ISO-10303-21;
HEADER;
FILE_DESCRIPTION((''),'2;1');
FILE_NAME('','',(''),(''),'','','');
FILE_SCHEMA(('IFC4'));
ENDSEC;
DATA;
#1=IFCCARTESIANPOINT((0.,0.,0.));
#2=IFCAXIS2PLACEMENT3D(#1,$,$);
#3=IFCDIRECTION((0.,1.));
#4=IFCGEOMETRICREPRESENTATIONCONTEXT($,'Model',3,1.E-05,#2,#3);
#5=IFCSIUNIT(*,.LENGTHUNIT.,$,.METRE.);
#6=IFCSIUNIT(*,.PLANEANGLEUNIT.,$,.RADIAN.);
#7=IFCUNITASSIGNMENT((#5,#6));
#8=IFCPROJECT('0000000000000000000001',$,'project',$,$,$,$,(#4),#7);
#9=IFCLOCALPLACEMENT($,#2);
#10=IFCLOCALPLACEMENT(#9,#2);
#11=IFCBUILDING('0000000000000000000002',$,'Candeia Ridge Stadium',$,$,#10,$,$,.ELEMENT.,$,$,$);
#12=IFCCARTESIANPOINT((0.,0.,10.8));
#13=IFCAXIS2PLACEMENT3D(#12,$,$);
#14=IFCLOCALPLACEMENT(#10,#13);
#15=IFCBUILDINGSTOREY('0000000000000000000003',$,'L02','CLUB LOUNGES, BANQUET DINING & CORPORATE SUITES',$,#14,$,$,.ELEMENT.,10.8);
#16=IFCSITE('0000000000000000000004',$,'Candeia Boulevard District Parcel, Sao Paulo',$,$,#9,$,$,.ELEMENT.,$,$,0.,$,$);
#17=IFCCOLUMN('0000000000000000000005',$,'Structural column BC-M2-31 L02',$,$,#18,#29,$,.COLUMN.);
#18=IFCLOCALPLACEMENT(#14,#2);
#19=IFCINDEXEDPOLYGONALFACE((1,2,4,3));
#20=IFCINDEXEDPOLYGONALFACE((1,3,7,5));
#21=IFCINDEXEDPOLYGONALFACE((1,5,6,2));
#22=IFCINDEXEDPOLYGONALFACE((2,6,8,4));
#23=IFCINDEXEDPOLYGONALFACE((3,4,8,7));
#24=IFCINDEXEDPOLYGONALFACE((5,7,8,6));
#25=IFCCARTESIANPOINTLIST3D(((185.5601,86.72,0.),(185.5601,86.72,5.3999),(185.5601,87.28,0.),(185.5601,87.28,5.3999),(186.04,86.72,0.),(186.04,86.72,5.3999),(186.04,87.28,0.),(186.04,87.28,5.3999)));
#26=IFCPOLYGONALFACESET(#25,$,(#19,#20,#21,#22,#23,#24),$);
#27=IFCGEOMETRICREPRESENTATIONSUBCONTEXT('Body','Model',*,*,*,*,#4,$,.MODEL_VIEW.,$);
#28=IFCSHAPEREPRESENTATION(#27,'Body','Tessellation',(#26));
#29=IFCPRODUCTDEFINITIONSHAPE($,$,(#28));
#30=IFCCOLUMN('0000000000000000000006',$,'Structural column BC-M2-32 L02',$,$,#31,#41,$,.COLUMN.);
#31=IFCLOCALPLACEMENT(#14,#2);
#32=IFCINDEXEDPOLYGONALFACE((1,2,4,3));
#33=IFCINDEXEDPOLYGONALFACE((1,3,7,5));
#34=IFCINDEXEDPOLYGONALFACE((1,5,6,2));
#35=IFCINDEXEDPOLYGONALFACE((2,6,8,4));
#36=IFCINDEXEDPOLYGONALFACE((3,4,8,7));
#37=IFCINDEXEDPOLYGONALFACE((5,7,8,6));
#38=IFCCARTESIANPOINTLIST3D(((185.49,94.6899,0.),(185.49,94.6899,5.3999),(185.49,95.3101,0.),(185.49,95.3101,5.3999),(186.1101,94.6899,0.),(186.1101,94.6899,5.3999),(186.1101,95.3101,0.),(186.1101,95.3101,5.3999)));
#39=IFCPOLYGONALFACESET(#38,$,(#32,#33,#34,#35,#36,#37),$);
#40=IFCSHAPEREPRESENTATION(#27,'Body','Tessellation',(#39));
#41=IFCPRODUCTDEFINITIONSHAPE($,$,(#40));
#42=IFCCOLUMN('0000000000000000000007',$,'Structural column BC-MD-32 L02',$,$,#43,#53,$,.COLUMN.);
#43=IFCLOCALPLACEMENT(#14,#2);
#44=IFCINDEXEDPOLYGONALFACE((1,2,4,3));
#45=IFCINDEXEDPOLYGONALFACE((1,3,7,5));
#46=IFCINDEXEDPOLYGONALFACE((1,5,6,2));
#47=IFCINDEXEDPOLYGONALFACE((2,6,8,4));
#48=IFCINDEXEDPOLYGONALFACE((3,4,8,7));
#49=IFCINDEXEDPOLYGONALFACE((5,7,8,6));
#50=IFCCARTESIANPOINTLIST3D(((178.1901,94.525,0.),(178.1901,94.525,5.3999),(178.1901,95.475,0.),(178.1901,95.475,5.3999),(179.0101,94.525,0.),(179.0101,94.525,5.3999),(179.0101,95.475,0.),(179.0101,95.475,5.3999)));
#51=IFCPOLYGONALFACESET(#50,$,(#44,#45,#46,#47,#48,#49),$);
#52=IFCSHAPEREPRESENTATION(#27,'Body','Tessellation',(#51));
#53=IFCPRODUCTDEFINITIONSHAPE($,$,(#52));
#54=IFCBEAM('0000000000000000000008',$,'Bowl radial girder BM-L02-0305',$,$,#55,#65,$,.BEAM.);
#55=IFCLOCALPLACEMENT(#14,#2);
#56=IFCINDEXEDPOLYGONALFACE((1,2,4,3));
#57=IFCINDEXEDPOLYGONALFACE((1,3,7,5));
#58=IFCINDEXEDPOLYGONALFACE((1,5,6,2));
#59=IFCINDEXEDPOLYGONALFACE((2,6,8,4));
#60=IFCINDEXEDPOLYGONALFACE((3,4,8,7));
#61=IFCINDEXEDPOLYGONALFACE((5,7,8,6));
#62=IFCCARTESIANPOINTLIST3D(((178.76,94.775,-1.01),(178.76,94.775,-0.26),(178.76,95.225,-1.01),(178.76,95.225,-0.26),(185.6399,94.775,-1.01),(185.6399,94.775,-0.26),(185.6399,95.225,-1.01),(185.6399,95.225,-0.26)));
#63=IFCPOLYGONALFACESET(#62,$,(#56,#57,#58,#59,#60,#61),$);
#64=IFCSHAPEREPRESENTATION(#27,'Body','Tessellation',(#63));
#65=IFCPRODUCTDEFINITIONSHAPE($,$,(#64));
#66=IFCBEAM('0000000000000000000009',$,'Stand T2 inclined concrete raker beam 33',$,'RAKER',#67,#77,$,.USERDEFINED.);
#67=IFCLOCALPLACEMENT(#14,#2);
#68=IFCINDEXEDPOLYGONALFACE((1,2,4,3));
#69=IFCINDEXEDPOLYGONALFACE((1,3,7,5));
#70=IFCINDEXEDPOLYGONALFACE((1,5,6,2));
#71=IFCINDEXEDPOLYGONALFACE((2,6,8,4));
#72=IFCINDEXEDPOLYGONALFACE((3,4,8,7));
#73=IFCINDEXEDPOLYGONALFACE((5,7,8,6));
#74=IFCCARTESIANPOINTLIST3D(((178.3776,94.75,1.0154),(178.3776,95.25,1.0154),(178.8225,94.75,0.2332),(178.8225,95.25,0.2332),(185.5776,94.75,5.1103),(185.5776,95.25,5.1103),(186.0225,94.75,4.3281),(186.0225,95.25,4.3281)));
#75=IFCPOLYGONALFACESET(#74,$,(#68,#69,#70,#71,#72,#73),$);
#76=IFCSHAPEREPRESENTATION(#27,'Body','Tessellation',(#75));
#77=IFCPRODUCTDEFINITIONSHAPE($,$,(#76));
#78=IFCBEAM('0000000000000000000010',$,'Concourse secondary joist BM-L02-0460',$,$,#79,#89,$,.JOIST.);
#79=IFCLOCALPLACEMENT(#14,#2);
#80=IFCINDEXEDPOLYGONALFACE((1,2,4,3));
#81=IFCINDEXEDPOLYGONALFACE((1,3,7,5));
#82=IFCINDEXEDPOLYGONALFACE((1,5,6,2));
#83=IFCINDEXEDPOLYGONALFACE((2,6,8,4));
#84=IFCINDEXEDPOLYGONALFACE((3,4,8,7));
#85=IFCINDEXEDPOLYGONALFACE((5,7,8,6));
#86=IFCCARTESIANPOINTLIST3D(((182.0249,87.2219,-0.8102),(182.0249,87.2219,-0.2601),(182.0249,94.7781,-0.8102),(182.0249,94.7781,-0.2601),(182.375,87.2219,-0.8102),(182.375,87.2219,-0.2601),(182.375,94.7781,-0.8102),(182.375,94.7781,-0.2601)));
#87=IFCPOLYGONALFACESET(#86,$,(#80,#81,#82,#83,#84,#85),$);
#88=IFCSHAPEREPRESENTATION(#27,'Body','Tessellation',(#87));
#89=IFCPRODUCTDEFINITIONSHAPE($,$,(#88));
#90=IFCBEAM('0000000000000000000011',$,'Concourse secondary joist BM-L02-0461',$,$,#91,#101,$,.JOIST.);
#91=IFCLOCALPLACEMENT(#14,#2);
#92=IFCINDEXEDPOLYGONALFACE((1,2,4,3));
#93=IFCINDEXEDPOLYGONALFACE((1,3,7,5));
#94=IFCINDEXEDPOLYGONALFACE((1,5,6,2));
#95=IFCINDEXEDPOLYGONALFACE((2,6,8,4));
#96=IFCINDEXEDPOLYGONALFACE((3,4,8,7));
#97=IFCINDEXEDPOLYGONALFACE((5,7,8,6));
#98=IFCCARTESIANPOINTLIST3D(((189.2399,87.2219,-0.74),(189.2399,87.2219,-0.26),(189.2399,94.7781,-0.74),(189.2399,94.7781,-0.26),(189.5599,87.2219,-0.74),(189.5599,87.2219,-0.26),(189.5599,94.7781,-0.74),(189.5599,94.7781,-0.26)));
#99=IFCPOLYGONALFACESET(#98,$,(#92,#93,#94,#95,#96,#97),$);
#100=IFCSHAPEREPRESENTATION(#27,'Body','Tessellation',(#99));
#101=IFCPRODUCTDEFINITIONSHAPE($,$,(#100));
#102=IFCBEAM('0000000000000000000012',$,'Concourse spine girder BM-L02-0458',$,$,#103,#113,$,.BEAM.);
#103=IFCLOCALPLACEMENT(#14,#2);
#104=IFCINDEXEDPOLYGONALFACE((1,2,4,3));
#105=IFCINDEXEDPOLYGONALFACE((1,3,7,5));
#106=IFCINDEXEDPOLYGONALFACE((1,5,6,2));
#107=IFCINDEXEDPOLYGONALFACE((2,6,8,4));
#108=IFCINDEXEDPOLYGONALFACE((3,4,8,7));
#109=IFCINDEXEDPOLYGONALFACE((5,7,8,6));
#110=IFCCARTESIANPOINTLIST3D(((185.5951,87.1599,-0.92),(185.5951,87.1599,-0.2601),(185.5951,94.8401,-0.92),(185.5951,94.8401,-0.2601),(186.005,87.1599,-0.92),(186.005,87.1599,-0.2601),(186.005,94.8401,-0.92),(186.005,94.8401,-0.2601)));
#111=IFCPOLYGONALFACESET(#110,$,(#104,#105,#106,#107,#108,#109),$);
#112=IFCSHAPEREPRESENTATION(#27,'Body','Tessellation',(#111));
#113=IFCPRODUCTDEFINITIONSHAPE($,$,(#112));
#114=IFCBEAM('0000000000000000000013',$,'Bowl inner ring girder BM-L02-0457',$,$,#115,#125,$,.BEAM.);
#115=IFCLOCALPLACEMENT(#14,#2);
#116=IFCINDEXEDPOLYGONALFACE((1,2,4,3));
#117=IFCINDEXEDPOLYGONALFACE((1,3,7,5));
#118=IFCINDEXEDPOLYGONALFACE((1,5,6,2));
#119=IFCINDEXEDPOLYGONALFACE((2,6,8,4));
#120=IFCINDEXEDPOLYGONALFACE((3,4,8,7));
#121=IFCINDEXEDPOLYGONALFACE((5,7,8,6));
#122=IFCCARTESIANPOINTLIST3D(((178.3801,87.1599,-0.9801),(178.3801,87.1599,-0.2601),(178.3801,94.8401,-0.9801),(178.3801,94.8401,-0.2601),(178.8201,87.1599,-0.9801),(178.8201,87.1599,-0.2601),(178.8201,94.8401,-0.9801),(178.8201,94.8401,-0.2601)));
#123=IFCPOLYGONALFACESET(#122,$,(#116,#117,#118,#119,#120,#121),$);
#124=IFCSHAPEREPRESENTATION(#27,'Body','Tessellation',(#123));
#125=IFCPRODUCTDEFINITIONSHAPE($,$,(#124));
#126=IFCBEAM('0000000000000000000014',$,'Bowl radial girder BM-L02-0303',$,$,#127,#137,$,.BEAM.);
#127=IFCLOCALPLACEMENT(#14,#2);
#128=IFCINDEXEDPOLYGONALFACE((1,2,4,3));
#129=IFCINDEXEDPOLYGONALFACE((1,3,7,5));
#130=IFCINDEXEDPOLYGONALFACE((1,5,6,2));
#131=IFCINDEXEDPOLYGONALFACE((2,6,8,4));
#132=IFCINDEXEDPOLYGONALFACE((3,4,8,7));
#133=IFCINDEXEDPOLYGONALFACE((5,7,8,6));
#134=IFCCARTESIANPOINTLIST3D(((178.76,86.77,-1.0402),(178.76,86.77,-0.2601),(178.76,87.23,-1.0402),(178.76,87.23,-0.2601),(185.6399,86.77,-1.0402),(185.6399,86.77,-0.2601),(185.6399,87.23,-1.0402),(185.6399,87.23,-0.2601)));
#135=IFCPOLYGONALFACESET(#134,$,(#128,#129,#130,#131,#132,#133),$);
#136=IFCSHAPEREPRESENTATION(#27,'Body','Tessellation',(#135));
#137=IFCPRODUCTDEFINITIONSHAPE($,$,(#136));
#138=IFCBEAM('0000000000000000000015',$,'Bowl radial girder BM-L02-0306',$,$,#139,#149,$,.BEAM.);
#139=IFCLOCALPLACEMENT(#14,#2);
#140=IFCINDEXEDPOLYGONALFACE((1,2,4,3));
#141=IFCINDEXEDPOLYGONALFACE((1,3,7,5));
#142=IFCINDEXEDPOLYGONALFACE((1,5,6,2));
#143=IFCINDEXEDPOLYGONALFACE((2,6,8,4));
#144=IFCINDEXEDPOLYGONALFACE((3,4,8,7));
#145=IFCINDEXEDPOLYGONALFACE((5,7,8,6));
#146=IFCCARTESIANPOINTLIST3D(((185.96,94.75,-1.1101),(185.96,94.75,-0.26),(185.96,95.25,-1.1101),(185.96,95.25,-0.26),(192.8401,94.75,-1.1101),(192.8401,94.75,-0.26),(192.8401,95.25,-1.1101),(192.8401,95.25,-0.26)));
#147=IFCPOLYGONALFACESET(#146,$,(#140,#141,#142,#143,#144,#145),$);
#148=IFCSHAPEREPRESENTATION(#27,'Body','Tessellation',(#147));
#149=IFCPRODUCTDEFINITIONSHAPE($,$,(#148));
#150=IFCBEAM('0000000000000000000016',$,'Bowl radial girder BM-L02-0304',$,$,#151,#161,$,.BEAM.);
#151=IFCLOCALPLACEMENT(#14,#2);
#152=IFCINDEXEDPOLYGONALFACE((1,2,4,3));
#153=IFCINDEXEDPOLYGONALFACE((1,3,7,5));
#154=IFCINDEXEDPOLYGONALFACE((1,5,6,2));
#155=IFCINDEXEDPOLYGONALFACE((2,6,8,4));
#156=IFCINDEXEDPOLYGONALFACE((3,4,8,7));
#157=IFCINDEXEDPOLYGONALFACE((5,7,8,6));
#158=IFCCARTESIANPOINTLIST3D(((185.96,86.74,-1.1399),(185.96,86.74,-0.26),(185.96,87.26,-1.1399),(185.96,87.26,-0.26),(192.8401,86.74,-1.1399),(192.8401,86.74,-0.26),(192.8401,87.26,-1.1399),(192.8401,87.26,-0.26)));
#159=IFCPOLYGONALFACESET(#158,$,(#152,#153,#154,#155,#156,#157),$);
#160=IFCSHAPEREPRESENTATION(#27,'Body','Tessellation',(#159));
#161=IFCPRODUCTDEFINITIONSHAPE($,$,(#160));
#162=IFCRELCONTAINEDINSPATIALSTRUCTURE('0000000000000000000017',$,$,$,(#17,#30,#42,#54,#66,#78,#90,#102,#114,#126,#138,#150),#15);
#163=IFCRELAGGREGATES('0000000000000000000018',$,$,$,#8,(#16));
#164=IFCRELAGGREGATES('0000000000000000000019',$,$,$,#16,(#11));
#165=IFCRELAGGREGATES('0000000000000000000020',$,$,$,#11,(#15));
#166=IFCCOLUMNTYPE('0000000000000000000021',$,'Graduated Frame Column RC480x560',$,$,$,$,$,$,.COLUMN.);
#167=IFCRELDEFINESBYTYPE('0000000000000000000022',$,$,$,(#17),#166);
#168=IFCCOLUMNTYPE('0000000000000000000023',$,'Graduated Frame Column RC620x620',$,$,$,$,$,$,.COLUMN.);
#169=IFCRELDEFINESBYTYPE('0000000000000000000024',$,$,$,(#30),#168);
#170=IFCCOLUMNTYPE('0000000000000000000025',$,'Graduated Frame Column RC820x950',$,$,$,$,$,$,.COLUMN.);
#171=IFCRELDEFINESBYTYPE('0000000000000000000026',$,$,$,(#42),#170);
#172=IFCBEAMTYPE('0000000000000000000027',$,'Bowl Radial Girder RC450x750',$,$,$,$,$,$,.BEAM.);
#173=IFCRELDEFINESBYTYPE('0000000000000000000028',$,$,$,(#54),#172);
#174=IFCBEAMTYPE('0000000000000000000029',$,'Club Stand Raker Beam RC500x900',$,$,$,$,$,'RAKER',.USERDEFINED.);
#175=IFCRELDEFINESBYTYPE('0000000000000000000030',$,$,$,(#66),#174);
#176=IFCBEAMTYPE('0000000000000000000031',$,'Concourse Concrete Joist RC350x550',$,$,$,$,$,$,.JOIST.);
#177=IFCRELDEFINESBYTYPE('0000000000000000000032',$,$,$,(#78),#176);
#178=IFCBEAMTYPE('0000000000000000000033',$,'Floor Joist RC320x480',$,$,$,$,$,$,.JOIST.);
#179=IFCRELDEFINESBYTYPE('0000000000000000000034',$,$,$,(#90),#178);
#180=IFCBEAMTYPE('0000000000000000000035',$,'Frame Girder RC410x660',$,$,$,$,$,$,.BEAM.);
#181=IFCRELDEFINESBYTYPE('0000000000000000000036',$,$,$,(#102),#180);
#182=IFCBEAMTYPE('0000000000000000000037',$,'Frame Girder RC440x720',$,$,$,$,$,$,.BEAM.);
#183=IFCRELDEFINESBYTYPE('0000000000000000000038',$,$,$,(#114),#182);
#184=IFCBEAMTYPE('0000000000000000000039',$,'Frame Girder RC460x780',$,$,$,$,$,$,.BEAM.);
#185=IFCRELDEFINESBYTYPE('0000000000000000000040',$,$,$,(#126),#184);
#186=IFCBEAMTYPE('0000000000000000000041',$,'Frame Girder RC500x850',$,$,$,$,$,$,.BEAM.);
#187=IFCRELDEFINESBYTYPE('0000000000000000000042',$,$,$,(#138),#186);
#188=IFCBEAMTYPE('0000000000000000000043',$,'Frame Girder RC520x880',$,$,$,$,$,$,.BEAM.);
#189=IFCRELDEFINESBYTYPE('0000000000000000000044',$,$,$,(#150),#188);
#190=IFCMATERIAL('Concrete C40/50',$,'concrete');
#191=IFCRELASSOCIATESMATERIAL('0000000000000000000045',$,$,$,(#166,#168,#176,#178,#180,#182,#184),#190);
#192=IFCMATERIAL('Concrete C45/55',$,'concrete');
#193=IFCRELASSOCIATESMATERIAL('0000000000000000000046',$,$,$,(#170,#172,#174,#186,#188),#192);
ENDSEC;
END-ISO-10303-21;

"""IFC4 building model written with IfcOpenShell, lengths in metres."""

from ifc_helpers import new_model, si_unit, direction, frame, origin, origin_2d, place, context, subcontext, project, spatial, rectangle, extrude, material, material_profile, profile_set, type_object, element, save


model = new_model("IFC4")

# Units and contexts
model_context = context("Model", 3, precision=1e-05, world=origin(), true_north=direction((0.0, 1.0)))
body_context = subcontext(model_context, "Body", "Model", "MODEL_VIEW")
ifc_project = project(units=[si_unit("LENGTHUNIT", "METRE"), si_unit("PLANEANGLEUNIT", "RADIAN")], contexts=[model_context])

# Site, building, storey
site_placement = place(None, origin())
site = spatial("IfcSite", under=ifc_project, at=site_placement, Name="Candeia Boulevard District Parcel, Sao Paulo", CompositionType="ELEMENT", RefElevation=0.0)
building_placement = place(site_placement, origin())
building = spatial("IfcBuilding", under=site, at=building_placement, Name="Candeia Ridge Stadium", CompositionType="ELEMENT")
storey_placement = place(building_placement, frame((0.0, 0.0, 10.8)))
storey = spatial("IfcBuildingStorey", under=building, at=storey_placement, Name="L02", Description="CLUB LOUNGES, BANQUET DINING & CORPORATE SUITES", CompositionType="ELEMENT", Elevation=10.8)

# Columns
ifc_material_1 = material(Name="Concrete C40/50", Category="concrete")
ifc_material_profile_1 = material_profile(ifc_material_1, rectangle(XDim=0.48, YDim=0.5601, at=origin_2d()), Name="RC480x560", Category="concrete")
ifc_profile_set_1 = profile_set([ifc_material_profile_1], Name="Concrete C40/50")
column_type_1 = type_object("IfcColumnType", Name="Graduated Frame Column RC480x560", PredefinedType="COLUMN", material=ifc_profile_set_1)
column_1_placement = place(storey_placement, frame((185.8, 87.0, 0.0), z_axis=(0.0, 0.0, 1.0), x_axis=(1.0, 0.0, 0.0)))
element("IfcColumn", 1, at=column_1_placement, inside=storey, type_object=column_type_1, Name="Structural column BC-M2-31 L02", PredefinedType="COLUMN", context=body_context, shape_type="SweptSolid", body=[
    extrude(rectangle(XDim=0.48, YDim=0.5601, at=origin_2d()), origin(), (0.0, 0.0, 1.0), 5.3999),
])
ifc_material_profile_2 = material_profile(ifc_material_1, rectangle(XDim=0.6201, YDim=0.6201, at=origin_2d()), Name="RC620x620", Category="concrete")
ifc_profile_set_2 = profile_set([ifc_material_profile_2], Name="Concrete C40/50")
column_type_2 = type_object("IfcColumnType", Name="Graduated Frame Column RC620x620", PredefinedType="COLUMN", material=ifc_profile_set_2)
column_2_placement = place(storey_placement, frame((185.8, 95.0, 0.0), z_axis=(0.0, 0.0, 1.0), x_axis=(1.0, 0.0, 0.0)))
element("IfcColumn", 2, at=column_2_placement, inside=storey, type_object=column_type_2, Name="Structural column BC-M2-32 L02", PredefinedType="COLUMN", context=body_context, shape_type="SweptSolid", body=[
    extrude(rectangle(XDim=0.6201, YDim=0.6201, at=origin_2d()), origin(), (0.0, 0.0, 1.0), 5.3999),
])
ifc_material_2 = material(Name="Concrete C45/55", Category="concrete")
ifc_material_profile_3 = material_profile(ifc_material_2, rectangle(XDim=0.8201, YDim=0.95, at=origin_2d()), Name="RC820x950", Category="concrete")
ifc_profile_set_3 = profile_set([ifc_material_profile_3], Name="Concrete C45/55")
column_type_3 = type_object("IfcColumnType", Name="Graduated Frame Column RC820x950", PredefinedType="COLUMN", material=ifc_profile_set_3)
column_3_placement = place(storey_placement, frame((178.6001, 95.0, 0.0), z_axis=(0.0, 0.0, 1.0), x_axis=(1.0, 0.0, 0.0)))
element("IfcColumn", 3, at=column_3_placement, inside=storey, type_object=column_type_3, Name="Structural column BC-MD-32 L02", PredefinedType="COLUMN", context=body_context, shape_type="SweptSolid", body=[
    extrude(rectangle(XDim=0.8201, YDim=0.95, at=origin_2d()), origin(), (0.0, 0.0, 1.0), 5.3999),
])

# Beams
ifc_material_profile_4 = material_profile(ifc_material_2, rectangle(XDim=0.45, YDim=0.75, at=origin_2d()), Name="RC450x750", Category="concrete")
ifc_profile_set_4 = profile_set([ifc_material_profile_4], Name="Concrete C45/55")
beam_type_1 = type_object("IfcBeamType", Name="Bowl Radial Girder RC450x750", PredefinedType="BEAM", material=ifc_profile_set_4)
beam_1_placement = place(storey_placement, frame((178.76, 95.0, -0.635), z_axis=(1.0, 0.0, 0.0), x_axis=(0.0, 1.0, 0.0)))
element("IfcBeam", 4, at=beam_1_placement, inside=storey, type_object=beam_type_1, Name="Bowl radial girder BM-L02-0305", PredefinedType="BEAM", context=body_context, shape_type="SweptSolid", body=[
    extrude(rectangle(XDim=0.45, YDim=0.75, at=origin_2d()), origin(), (0.0, 0.0, 1.0), 6.8799),
])
ifc_material_profile_5 = material_profile(ifc_material_2, rectangle(XDim=0.5, YDim=0.8999, at=origin_2d()), Name="RC500x900", Category="concrete")
ifc_profile_set_5 = profile_set([ifc_material_profile_5], Name="Concrete C45/55")
beam_type_2 = type_object("IfcBeamType", Name="Club Stand Raker Beam RC500x900", ElementType="RAKER", PredefinedType="USERDEFINED", material=ifc_profile_set_5)
beam_2_placement = place(storey_placement, frame((178.6001, 95.0, 0.6243), z_axis=(0.869244, 0.0, 0.494383), x_axis=(0.0, 1.0, 0.0)))
element("IfcBeam", 5, at=beam_2_placement, inside=storey, type_object=beam_type_2, Name="Stand T2 inclined concrete raker beam 33", ObjectType="RAKER", PredefinedType="USERDEFINED", context=body_context, shape_type="SweptSolid", body=[
    extrude(rectangle(XDim=0.5, YDim=0.8999, at=origin_2d()), origin(), (0.0, 0.0, 1.0), 8.283),
])
ifc_material_profile_6 = material_profile(ifc_material_1, rectangle(XDim=0.3501, YDim=0.55, at=origin_2d()), Name="RC350x550", Category="concrete")
ifc_profile_set_6 = profile_set([ifc_material_profile_6], Name="Concrete C40/50")
beam_type_3 = type_object("IfcBeamType", Name="Concourse Concrete Joist RC350x550", PredefinedType="JOIST", material=ifc_profile_set_6)
beam_3_placement = place(storey_placement, frame((182.2, 87.2219, -0.5352), z_axis=(0.0, 1.0, 0.0), x_axis=(-1.0, 0.0, 0.0)))
element("IfcBeam", 6, at=beam_3_placement, inside=storey, type_object=beam_type_3, Name="Concourse secondary joist BM-L02-0460", PredefinedType="JOIST", context=body_context, shape_type="SweptSolid", body=[
    extrude(rectangle(XDim=0.3501, YDim=0.55, at=origin_2d()), origin(), (0.0, 0.0, 1.0), 7.5562),
])
ifc_material_profile_7 = material_profile(ifc_material_1, rectangle(XDim=0.3201, YDim=0.48, at=origin_2d()), Name="RC320x480", Category="concrete")
ifc_profile_set_7 = profile_set([ifc_material_profile_7], Name="Concrete C40/50")
beam_type_4 = type_object("IfcBeamType", Name="Floor Joist RC320x480", PredefinedType="JOIST", material=ifc_profile_set_7)
beam_4_placement = place(storey_placement, frame((189.3999, 87.2219, -0.5), z_axis=(0.0, 1.0, 0.0), x_axis=(-1.0, 0.0, 0.0)))
element("IfcBeam", 7, at=beam_4_placement, inside=storey, type_object=beam_type_4, Name="Concourse secondary joist BM-L02-0461", PredefinedType="JOIST", context=body_context, shape_type="SweptSolid", body=[
    extrude(rectangle(XDim=0.3201, YDim=0.48, at=origin_2d()), origin(), (0.0, 0.0, 1.0), 7.5562),
])
ifc_material_profile_8 = material_profile(ifc_material_1, rectangle(XDim=0.4099, YDim=0.6599, at=origin_2d()), Name="RC410x660", Category="concrete")
ifc_profile_set_8 = profile_set([ifc_material_profile_8], Name="Concrete C40/50")
beam_type_5 = type_object("IfcBeamType", Name="Frame Girder RC410x660", PredefinedType="BEAM", material=ifc_profile_set_8)
beam_5_placement = place(storey_placement, frame((185.8, 87.1599, -0.5901), z_axis=(0.0, 1.0, 0.0), x_axis=(-1.0, 0.0, 0.0)))
element("IfcBeam", 8, at=beam_5_placement, inside=storey, type_object=beam_type_5, Name="Concourse spine girder BM-L02-0458", PredefinedType="BEAM", context=body_context, shape_type="SweptSolid", body=[
    extrude(rectangle(XDim=0.4099, YDim=0.6599, at=origin_2d()), origin(), (0.0, 0.0, 1.0), 7.6802),
])
ifc_material_profile_9 = material_profile(ifc_material_1, rectangle(XDim=0.4399, YDim=0.72, at=origin_2d()), Name="RC440x720", Category="concrete")
ifc_profile_set_9 = profile_set([ifc_material_profile_9], Name="Concrete C40/50")
beam_type_6 = type_object("IfcBeamType", Name="Frame Girder RC440x720", PredefinedType="BEAM", material=ifc_profile_set_9)
beam_6_placement = place(storey_placement, frame((178.6001, 87.1599, -0.6201), z_axis=(0.0, 1.0, 0.0), x_axis=(-1.0, 0.0, 0.0)))
element("IfcBeam", 9, at=beam_6_placement, inside=storey, type_object=beam_type_6, Name="Bowl inner ring girder BM-L02-0457", PredefinedType="BEAM", context=body_context, shape_type="SweptSolid", body=[
    extrude(rectangle(XDim=0.4399, YDim=0.72, at=origin_2d()), origin(), (0.0, 0.0, 1.0), 7.6802),
])
ifc_material_profile_10 = material_profile(ifc_material_1, rectangle(XDim=0.46, YDim=0.78, at=origin_2d()), Name="RC460x780", Category="concrete")
ifc_profile_set_10 = profile_set([ifc_material_profile_10], Name="Concrete C40/50")
beam_type_7 = type_object("IfcBeamType", Name="Frame Girder RC460x780", PredefinedType="BEAM", material=ifc_profile_set_10)
beam_7_placement = place(storey_placement, frame((178.76, 87.0, -0.6501), z_axis=(1.0, 0.0, 0.0), x_axis=(0.0, 1.0, 0.0)))
element("IfcBeam", 10, at=beam_7_placement, inside=storey, type_object=beam_type_7, Name="Bowl radial girder BM-L02-0303", PredefinedType="BEAM", context=body_context, shape_type="SweptSolid", body=[
    extrude(rectangle(XDim=0.46, YDim=0.78, at=origin_2d()), origin(), (0.0, 0.0, 1.0), 6.8799),
])
ifc_material_profile_11 = material_profile(ifc_material_2, rectangle(XDim=0.5, YDim=0.8501, at=origin_2d()), Name="RC500x850", Category="concrete")
ifc_profile_set_11 = profile_set([ifc_material_profile_11], Name="Concrete C45/55")
beam_type_8 = type_object("IfcBeamType", Name="Frame Girder RC500x850", PredefinedType="BEAM", material=ifc_profile_set_11)
beam_8_placement = place(storey_placement, frame((185.96, 95.0, -0.6851), z_axis=(1.0, 0.0, 0.0), x_axis=(0.0, 1.0, 0.0)))
element("IfcBeam", 11, at=beam_8_placement, inside=storey, type_object=beam_type_8, Name="Bowl radial girder BM-L02-0306", PredefinedType="BEAM", context=body_context, shape_type="SweptSolid", body=[
    extrude(rectangle(XDim=0.5, YDim=0.8501, at=origin_2d()), origin(), (0.0, 0.0, 1.0), 6.8801),
])
ifc_material_profile_12 = material_profile(ifc_material_2, rectangle(XDim=0.52, YDim=0.8799, at=origin_2d()), Name="RC520x880", Category="concrete")
ifc_profile_set_12 = profile_set([ifc_material_profile_12], Name="Concrete C45/55")
beam_type_9 = type_object("IfcBeamType", Name="Frame Girder RC520x880", PredefinedType="BEAM", material=ifc_profile_set_12)
beam_9_placement = place(storey_placement, frame((185.96, 87.0, -0.7), z_axis=(1.0, 0.0, 0.0), x_axis=(0.0, 1.0, 0.0)))
element("IfcBeam", 12, at=beam_9_placement, inside=storey, type_object=beam_type_9, Name="Bowl radial girder BM-L02-0304", PredefinedType="BEAM", context=body_context, shape_type="SweptSolid", body=[
    extrude(rectangle(XDim=0.52, YDim=0.8799, at=origin_2d()), origin(), (0.0, 0.0, 1.0), 6.8801),
])

save(model, "model.ifc")
